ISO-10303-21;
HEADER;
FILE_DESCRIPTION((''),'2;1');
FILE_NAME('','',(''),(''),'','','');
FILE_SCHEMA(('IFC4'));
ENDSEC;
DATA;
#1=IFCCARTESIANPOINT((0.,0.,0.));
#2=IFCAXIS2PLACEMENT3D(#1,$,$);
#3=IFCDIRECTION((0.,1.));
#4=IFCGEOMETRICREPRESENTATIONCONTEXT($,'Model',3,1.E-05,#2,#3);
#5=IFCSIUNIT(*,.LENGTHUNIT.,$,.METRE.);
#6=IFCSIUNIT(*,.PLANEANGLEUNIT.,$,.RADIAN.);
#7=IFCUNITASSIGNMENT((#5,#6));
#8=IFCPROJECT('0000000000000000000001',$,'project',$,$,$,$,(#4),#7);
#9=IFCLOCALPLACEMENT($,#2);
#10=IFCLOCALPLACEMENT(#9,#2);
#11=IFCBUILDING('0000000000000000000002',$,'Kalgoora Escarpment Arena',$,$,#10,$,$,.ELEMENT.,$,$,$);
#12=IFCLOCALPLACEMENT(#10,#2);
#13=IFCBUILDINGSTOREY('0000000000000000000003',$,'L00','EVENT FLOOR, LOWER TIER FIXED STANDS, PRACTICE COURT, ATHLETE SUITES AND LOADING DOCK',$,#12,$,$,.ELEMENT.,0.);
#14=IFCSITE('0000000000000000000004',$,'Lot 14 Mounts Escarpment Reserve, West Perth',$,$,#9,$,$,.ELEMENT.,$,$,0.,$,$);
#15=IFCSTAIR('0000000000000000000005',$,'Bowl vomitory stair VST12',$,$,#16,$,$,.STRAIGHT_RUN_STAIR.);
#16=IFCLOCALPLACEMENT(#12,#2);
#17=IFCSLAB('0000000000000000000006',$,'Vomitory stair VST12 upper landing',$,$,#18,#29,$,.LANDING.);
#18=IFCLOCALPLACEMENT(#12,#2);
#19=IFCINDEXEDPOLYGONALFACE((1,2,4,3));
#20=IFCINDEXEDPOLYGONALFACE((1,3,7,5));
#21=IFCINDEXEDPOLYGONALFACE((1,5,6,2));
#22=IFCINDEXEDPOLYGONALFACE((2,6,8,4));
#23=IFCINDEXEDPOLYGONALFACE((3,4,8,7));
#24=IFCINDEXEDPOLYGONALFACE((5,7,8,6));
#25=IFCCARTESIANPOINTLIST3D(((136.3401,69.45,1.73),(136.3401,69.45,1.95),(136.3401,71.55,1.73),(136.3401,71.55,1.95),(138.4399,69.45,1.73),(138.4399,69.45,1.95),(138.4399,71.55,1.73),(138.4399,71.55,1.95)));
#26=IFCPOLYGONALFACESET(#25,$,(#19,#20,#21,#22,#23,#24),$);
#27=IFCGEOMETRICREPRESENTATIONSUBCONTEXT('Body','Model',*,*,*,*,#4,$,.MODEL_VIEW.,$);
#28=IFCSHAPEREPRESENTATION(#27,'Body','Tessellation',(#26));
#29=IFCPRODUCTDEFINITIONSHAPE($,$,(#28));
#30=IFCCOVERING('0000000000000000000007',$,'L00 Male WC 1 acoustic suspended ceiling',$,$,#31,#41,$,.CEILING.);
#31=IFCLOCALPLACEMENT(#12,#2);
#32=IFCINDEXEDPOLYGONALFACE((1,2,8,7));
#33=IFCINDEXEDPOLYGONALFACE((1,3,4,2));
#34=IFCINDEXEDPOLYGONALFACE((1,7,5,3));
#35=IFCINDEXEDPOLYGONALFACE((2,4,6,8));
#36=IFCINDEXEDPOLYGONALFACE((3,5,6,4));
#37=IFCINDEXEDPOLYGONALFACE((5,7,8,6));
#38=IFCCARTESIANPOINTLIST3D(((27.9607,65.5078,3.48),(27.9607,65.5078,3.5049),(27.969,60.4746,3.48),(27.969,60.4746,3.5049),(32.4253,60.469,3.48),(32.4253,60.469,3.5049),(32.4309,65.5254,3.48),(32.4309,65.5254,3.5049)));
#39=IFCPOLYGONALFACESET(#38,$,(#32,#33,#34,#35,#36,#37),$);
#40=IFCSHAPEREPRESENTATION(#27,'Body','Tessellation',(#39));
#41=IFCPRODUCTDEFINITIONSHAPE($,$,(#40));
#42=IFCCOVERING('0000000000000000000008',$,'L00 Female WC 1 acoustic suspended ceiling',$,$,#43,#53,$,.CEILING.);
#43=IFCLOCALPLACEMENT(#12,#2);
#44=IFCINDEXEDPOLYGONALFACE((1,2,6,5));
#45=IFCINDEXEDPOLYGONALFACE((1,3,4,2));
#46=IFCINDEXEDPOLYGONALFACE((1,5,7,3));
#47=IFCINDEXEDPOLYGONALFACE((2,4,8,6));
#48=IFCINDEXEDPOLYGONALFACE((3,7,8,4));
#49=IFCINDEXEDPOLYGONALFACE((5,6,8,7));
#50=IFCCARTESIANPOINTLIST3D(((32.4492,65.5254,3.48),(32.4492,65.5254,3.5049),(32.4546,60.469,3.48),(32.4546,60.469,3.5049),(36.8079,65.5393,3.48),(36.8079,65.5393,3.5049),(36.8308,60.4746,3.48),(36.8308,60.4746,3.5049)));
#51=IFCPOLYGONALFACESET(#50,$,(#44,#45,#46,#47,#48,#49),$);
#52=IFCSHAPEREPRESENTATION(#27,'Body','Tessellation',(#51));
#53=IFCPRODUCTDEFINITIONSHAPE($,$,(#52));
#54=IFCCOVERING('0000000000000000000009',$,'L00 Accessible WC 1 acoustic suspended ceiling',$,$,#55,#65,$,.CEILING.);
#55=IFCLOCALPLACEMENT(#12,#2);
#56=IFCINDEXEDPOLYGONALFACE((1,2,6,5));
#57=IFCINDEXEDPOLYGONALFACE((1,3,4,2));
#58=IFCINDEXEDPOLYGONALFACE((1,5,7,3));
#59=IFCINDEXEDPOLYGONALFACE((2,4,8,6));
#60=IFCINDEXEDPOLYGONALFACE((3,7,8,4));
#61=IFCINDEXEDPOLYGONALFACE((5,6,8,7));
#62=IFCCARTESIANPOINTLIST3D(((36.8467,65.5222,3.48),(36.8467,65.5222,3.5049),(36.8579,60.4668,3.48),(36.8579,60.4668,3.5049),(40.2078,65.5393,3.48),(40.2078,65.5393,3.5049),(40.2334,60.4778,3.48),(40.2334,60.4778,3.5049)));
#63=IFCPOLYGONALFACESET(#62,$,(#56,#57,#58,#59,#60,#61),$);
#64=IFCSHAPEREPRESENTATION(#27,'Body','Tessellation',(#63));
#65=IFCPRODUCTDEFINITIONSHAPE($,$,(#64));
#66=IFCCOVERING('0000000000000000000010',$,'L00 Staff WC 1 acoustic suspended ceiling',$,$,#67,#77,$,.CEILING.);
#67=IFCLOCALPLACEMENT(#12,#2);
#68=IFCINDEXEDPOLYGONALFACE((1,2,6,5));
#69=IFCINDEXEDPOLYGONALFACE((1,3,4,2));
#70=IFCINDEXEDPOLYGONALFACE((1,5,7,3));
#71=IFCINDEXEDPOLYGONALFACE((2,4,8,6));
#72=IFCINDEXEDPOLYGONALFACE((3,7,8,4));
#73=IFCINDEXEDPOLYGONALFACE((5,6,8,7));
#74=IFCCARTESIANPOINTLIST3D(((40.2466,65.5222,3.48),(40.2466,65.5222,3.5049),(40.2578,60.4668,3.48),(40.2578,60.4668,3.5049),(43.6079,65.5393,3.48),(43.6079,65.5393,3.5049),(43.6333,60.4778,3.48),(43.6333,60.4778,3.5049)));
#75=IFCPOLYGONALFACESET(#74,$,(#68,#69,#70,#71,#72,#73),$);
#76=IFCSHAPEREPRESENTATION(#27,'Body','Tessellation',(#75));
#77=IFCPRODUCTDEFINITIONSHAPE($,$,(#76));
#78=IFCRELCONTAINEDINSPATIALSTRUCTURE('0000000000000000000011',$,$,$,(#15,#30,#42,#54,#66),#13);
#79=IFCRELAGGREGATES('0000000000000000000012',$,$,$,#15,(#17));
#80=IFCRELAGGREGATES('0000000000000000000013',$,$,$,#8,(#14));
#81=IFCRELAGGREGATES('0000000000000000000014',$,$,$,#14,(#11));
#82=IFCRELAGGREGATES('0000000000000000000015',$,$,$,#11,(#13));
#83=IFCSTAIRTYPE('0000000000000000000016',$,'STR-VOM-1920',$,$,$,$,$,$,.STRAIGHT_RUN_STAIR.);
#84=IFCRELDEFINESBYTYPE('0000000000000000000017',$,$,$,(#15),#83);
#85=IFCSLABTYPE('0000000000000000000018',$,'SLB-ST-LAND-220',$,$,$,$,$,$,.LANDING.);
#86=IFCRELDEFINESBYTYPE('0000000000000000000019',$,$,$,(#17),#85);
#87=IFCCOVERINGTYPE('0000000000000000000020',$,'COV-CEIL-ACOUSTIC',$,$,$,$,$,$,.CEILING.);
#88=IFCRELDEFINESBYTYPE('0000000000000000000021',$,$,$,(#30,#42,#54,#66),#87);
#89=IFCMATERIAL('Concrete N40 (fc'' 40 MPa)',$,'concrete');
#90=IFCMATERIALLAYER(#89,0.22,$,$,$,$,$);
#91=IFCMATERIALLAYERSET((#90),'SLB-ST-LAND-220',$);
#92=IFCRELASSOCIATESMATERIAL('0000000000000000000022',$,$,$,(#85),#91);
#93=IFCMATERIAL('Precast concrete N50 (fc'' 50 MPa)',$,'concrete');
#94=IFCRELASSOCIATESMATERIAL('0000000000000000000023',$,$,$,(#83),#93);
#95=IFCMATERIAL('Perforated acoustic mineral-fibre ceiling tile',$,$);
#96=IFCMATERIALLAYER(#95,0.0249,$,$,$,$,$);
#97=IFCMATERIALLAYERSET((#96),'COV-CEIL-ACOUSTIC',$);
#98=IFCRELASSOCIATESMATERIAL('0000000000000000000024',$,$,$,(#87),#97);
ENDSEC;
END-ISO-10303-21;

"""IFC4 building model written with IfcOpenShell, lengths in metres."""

from ifc_helpers import new_model, si_unit, direction, frame, origin, place, context, subcontext, project, spatial, polyline, outline, extrude, material, layer, layer_set, type_object, element, aggregate, save


model = new_model("IFC4")

# Units and contexts
model_context = context("Model", 3, precision=1e-05, world=origin(), true_north=direction((0.0, 1.0)))
body_context = subcontext(model_context, "Body", "Model", "MODEL_VIEW")
ifc_project = project(units=[si_unit("LENGTHUNIT", "METRE"), si_unit("PLANEANGLEUNIT", "RADIAN")], contexts=[model_context])

# Site, building, storey
site_placement = place(None, origin())
site = spatial("IfcSite", under=ifc_project, at=site_placement, Name="Lot 14 Mounts Escarpment Reserve, West Perth", CompositionType="ELEMENT", RefElevation=0.0)
building_placement = place(site_placement, origin())
building = spatial("IfcBuilding", under=site, at=building_placement, Name="Kalgoora Escarpment Arena", CompositionType="ELEMENT")
storey_placement = place(building_placement, origin())
storey = spatial("IfcBuildingStorey", under=building, at=storey_placement, Name="L00", Description="EVENT FLOOR, LOWER TIER FIXED STANDS, PRACTICE COURT, ATHLETE SUITES AND LOADING DOCK", CompositionType="ELEMENT", Elevation=0.0)

# Stair, slab
ifc_material_1 = material(Name="Concrete N40 (fc' 40 MPa)", Category="concrete")
ifc_layer_1 = layer(ifc_material_1, 0.22)
ifc_layer_set_1 = layer_set([ifc_layer_1], Name="SLB-ST-LAND-220")
slab_type = type_object("IfcSlabType", Name="SLB-ST-LAND-220", PredefinedType="LANDING", material=ifc_layer_set_1)
ifc_material_2 = material(Name="Precast concrete N50 (fc' 50 MPa)", Category="concrete")
stair_type_1 = type_object("IfcStairType", Name="STR-VOM-1920", PredefinedType="STRAIGHT_RUN_STAIR", material=ifc_material_2)
stair_1_placement = place(storey_placement, origin())
stair_1 = element("IfcStair", 1, at=stair_1_placement, inside=storey, type_object=stair_type_1, Name="Bowl vomitory stair VST12", PredefinedType="STRAIGHT_RUN_STAIR")
slab_1_placement = place(storey_placement, frame((0.0, 0.0, 1.73)))
slab_1 = element("IfcSlab", 2, at=slab_1_placement, type_object=slab_type, Name="Vomitory stair VST12 upper landing", PredefinedType="LANDING", context=body_context, shape_type="SweptSolid", body=[
    extrude(outline(polyline([(136.3401, 69.45), (138.4399, 69.45), (138.4399, 71.55), (136.3401, 71.55), (136.3401, 69.45)])), origin(), (0.0, 0.0, 1.0), 0.22),
])
aggregate(stair_1, [slab_1])

# Coverings
ifc_material_3 = material(Name="Perforated acoustic mineral-fibre ceiling tile")
ifc_layer_2 = layer(ifc_material_3, 0.0249)
ifc_layer_set_2 = layer_set([ifc_layer_2], Name="COV-CEIL-ACOUSTIC")
covering_type = type_object("IfcCoveringType", Name="COV-CEIL-ACOUSTIC", PredefinedType="CEILING", material=ifc_layer_set_2)
covering_1_placement = place(storey_placement, frame((0.0, 0.0, 3.48)))
element("IfcCovering", 3, at=covering_1_placement, inside=storey, type_object=covering_type, Name="L00 Male WC 1 acoustic suspended ceiling", PredefinedType="CEILING", context=body_context, shape_type="SweptSolid", body=[
    extrude(outline(polyline([(27.9607, 65.5078), (32.4309, 65.5254), (32.4253, 60.469), (27.969, 60.4746), (27.9607, 65.5078)])), origin(), (0.0, 0.0, 1.0), 0.0249),
])
covering_2_placement = place(storey_placement, frame((0.0, 0.0, 3.48)))
element("IfcCovering", 4, at=covering_2_placement, inside=storey, type_object=covering_type, Name="L00 Female WC 1 acoustic suspended ceiling", PredefinedType="CEILING", context=body_context, shape_type="SweptSolid", body=[
    extrude(outline(polyline([(36.8079, 65.5393), (36.8308, 60.4746), (32.4546, 60.469), (32.4492, 65.5254), (36.8079, 65.5393)])), origin(), (0.0, 0.0, 1.0), 0.0249),
])
covering_3_placement = place(storey_placement, frame((0.0, 0.0, 3.48)))
element("IfcCovering", 5, at=covering_3_placement, inside=storey, type_object=covering_type, Name="L00 Accessible WC 1 acoustic suspended ceiling", PredefinedType="CEILING", context=body_context, shape_type="SweptSolid", body=[
    extrude(outline(polyline([(40.2078, 65.5393), (40.2334, 60.4778), (36.8579, 60.4668), (36.8467, 65.5222), (40.2078, 65.5393)])), origin(), (0.0, 0.0, 1.0), 0.0249),
])
covering_4_placement = place(storey_placement, frame((0.0, 0.0, 3.48)))
element("IfcCovering", 6, at=covering_4_placement, inside=storey, type_object=covering_type, Name="L00 Staff WC 1 acoustic suspended ceiling", PredefinedType="CEILING", context=body_context, shape_type="SweptSolid", body=[
    extrude(outline(polyline([(43.6079, 65.5393), (43.6333, 60.4778), (40.2578, 60.4668), (40.2466, 65.5222), (43.6079, 65.5393)])), origin(), (0.0, 0.0, 1.0), 0.0249),
])

save(model, "model.ifc")
